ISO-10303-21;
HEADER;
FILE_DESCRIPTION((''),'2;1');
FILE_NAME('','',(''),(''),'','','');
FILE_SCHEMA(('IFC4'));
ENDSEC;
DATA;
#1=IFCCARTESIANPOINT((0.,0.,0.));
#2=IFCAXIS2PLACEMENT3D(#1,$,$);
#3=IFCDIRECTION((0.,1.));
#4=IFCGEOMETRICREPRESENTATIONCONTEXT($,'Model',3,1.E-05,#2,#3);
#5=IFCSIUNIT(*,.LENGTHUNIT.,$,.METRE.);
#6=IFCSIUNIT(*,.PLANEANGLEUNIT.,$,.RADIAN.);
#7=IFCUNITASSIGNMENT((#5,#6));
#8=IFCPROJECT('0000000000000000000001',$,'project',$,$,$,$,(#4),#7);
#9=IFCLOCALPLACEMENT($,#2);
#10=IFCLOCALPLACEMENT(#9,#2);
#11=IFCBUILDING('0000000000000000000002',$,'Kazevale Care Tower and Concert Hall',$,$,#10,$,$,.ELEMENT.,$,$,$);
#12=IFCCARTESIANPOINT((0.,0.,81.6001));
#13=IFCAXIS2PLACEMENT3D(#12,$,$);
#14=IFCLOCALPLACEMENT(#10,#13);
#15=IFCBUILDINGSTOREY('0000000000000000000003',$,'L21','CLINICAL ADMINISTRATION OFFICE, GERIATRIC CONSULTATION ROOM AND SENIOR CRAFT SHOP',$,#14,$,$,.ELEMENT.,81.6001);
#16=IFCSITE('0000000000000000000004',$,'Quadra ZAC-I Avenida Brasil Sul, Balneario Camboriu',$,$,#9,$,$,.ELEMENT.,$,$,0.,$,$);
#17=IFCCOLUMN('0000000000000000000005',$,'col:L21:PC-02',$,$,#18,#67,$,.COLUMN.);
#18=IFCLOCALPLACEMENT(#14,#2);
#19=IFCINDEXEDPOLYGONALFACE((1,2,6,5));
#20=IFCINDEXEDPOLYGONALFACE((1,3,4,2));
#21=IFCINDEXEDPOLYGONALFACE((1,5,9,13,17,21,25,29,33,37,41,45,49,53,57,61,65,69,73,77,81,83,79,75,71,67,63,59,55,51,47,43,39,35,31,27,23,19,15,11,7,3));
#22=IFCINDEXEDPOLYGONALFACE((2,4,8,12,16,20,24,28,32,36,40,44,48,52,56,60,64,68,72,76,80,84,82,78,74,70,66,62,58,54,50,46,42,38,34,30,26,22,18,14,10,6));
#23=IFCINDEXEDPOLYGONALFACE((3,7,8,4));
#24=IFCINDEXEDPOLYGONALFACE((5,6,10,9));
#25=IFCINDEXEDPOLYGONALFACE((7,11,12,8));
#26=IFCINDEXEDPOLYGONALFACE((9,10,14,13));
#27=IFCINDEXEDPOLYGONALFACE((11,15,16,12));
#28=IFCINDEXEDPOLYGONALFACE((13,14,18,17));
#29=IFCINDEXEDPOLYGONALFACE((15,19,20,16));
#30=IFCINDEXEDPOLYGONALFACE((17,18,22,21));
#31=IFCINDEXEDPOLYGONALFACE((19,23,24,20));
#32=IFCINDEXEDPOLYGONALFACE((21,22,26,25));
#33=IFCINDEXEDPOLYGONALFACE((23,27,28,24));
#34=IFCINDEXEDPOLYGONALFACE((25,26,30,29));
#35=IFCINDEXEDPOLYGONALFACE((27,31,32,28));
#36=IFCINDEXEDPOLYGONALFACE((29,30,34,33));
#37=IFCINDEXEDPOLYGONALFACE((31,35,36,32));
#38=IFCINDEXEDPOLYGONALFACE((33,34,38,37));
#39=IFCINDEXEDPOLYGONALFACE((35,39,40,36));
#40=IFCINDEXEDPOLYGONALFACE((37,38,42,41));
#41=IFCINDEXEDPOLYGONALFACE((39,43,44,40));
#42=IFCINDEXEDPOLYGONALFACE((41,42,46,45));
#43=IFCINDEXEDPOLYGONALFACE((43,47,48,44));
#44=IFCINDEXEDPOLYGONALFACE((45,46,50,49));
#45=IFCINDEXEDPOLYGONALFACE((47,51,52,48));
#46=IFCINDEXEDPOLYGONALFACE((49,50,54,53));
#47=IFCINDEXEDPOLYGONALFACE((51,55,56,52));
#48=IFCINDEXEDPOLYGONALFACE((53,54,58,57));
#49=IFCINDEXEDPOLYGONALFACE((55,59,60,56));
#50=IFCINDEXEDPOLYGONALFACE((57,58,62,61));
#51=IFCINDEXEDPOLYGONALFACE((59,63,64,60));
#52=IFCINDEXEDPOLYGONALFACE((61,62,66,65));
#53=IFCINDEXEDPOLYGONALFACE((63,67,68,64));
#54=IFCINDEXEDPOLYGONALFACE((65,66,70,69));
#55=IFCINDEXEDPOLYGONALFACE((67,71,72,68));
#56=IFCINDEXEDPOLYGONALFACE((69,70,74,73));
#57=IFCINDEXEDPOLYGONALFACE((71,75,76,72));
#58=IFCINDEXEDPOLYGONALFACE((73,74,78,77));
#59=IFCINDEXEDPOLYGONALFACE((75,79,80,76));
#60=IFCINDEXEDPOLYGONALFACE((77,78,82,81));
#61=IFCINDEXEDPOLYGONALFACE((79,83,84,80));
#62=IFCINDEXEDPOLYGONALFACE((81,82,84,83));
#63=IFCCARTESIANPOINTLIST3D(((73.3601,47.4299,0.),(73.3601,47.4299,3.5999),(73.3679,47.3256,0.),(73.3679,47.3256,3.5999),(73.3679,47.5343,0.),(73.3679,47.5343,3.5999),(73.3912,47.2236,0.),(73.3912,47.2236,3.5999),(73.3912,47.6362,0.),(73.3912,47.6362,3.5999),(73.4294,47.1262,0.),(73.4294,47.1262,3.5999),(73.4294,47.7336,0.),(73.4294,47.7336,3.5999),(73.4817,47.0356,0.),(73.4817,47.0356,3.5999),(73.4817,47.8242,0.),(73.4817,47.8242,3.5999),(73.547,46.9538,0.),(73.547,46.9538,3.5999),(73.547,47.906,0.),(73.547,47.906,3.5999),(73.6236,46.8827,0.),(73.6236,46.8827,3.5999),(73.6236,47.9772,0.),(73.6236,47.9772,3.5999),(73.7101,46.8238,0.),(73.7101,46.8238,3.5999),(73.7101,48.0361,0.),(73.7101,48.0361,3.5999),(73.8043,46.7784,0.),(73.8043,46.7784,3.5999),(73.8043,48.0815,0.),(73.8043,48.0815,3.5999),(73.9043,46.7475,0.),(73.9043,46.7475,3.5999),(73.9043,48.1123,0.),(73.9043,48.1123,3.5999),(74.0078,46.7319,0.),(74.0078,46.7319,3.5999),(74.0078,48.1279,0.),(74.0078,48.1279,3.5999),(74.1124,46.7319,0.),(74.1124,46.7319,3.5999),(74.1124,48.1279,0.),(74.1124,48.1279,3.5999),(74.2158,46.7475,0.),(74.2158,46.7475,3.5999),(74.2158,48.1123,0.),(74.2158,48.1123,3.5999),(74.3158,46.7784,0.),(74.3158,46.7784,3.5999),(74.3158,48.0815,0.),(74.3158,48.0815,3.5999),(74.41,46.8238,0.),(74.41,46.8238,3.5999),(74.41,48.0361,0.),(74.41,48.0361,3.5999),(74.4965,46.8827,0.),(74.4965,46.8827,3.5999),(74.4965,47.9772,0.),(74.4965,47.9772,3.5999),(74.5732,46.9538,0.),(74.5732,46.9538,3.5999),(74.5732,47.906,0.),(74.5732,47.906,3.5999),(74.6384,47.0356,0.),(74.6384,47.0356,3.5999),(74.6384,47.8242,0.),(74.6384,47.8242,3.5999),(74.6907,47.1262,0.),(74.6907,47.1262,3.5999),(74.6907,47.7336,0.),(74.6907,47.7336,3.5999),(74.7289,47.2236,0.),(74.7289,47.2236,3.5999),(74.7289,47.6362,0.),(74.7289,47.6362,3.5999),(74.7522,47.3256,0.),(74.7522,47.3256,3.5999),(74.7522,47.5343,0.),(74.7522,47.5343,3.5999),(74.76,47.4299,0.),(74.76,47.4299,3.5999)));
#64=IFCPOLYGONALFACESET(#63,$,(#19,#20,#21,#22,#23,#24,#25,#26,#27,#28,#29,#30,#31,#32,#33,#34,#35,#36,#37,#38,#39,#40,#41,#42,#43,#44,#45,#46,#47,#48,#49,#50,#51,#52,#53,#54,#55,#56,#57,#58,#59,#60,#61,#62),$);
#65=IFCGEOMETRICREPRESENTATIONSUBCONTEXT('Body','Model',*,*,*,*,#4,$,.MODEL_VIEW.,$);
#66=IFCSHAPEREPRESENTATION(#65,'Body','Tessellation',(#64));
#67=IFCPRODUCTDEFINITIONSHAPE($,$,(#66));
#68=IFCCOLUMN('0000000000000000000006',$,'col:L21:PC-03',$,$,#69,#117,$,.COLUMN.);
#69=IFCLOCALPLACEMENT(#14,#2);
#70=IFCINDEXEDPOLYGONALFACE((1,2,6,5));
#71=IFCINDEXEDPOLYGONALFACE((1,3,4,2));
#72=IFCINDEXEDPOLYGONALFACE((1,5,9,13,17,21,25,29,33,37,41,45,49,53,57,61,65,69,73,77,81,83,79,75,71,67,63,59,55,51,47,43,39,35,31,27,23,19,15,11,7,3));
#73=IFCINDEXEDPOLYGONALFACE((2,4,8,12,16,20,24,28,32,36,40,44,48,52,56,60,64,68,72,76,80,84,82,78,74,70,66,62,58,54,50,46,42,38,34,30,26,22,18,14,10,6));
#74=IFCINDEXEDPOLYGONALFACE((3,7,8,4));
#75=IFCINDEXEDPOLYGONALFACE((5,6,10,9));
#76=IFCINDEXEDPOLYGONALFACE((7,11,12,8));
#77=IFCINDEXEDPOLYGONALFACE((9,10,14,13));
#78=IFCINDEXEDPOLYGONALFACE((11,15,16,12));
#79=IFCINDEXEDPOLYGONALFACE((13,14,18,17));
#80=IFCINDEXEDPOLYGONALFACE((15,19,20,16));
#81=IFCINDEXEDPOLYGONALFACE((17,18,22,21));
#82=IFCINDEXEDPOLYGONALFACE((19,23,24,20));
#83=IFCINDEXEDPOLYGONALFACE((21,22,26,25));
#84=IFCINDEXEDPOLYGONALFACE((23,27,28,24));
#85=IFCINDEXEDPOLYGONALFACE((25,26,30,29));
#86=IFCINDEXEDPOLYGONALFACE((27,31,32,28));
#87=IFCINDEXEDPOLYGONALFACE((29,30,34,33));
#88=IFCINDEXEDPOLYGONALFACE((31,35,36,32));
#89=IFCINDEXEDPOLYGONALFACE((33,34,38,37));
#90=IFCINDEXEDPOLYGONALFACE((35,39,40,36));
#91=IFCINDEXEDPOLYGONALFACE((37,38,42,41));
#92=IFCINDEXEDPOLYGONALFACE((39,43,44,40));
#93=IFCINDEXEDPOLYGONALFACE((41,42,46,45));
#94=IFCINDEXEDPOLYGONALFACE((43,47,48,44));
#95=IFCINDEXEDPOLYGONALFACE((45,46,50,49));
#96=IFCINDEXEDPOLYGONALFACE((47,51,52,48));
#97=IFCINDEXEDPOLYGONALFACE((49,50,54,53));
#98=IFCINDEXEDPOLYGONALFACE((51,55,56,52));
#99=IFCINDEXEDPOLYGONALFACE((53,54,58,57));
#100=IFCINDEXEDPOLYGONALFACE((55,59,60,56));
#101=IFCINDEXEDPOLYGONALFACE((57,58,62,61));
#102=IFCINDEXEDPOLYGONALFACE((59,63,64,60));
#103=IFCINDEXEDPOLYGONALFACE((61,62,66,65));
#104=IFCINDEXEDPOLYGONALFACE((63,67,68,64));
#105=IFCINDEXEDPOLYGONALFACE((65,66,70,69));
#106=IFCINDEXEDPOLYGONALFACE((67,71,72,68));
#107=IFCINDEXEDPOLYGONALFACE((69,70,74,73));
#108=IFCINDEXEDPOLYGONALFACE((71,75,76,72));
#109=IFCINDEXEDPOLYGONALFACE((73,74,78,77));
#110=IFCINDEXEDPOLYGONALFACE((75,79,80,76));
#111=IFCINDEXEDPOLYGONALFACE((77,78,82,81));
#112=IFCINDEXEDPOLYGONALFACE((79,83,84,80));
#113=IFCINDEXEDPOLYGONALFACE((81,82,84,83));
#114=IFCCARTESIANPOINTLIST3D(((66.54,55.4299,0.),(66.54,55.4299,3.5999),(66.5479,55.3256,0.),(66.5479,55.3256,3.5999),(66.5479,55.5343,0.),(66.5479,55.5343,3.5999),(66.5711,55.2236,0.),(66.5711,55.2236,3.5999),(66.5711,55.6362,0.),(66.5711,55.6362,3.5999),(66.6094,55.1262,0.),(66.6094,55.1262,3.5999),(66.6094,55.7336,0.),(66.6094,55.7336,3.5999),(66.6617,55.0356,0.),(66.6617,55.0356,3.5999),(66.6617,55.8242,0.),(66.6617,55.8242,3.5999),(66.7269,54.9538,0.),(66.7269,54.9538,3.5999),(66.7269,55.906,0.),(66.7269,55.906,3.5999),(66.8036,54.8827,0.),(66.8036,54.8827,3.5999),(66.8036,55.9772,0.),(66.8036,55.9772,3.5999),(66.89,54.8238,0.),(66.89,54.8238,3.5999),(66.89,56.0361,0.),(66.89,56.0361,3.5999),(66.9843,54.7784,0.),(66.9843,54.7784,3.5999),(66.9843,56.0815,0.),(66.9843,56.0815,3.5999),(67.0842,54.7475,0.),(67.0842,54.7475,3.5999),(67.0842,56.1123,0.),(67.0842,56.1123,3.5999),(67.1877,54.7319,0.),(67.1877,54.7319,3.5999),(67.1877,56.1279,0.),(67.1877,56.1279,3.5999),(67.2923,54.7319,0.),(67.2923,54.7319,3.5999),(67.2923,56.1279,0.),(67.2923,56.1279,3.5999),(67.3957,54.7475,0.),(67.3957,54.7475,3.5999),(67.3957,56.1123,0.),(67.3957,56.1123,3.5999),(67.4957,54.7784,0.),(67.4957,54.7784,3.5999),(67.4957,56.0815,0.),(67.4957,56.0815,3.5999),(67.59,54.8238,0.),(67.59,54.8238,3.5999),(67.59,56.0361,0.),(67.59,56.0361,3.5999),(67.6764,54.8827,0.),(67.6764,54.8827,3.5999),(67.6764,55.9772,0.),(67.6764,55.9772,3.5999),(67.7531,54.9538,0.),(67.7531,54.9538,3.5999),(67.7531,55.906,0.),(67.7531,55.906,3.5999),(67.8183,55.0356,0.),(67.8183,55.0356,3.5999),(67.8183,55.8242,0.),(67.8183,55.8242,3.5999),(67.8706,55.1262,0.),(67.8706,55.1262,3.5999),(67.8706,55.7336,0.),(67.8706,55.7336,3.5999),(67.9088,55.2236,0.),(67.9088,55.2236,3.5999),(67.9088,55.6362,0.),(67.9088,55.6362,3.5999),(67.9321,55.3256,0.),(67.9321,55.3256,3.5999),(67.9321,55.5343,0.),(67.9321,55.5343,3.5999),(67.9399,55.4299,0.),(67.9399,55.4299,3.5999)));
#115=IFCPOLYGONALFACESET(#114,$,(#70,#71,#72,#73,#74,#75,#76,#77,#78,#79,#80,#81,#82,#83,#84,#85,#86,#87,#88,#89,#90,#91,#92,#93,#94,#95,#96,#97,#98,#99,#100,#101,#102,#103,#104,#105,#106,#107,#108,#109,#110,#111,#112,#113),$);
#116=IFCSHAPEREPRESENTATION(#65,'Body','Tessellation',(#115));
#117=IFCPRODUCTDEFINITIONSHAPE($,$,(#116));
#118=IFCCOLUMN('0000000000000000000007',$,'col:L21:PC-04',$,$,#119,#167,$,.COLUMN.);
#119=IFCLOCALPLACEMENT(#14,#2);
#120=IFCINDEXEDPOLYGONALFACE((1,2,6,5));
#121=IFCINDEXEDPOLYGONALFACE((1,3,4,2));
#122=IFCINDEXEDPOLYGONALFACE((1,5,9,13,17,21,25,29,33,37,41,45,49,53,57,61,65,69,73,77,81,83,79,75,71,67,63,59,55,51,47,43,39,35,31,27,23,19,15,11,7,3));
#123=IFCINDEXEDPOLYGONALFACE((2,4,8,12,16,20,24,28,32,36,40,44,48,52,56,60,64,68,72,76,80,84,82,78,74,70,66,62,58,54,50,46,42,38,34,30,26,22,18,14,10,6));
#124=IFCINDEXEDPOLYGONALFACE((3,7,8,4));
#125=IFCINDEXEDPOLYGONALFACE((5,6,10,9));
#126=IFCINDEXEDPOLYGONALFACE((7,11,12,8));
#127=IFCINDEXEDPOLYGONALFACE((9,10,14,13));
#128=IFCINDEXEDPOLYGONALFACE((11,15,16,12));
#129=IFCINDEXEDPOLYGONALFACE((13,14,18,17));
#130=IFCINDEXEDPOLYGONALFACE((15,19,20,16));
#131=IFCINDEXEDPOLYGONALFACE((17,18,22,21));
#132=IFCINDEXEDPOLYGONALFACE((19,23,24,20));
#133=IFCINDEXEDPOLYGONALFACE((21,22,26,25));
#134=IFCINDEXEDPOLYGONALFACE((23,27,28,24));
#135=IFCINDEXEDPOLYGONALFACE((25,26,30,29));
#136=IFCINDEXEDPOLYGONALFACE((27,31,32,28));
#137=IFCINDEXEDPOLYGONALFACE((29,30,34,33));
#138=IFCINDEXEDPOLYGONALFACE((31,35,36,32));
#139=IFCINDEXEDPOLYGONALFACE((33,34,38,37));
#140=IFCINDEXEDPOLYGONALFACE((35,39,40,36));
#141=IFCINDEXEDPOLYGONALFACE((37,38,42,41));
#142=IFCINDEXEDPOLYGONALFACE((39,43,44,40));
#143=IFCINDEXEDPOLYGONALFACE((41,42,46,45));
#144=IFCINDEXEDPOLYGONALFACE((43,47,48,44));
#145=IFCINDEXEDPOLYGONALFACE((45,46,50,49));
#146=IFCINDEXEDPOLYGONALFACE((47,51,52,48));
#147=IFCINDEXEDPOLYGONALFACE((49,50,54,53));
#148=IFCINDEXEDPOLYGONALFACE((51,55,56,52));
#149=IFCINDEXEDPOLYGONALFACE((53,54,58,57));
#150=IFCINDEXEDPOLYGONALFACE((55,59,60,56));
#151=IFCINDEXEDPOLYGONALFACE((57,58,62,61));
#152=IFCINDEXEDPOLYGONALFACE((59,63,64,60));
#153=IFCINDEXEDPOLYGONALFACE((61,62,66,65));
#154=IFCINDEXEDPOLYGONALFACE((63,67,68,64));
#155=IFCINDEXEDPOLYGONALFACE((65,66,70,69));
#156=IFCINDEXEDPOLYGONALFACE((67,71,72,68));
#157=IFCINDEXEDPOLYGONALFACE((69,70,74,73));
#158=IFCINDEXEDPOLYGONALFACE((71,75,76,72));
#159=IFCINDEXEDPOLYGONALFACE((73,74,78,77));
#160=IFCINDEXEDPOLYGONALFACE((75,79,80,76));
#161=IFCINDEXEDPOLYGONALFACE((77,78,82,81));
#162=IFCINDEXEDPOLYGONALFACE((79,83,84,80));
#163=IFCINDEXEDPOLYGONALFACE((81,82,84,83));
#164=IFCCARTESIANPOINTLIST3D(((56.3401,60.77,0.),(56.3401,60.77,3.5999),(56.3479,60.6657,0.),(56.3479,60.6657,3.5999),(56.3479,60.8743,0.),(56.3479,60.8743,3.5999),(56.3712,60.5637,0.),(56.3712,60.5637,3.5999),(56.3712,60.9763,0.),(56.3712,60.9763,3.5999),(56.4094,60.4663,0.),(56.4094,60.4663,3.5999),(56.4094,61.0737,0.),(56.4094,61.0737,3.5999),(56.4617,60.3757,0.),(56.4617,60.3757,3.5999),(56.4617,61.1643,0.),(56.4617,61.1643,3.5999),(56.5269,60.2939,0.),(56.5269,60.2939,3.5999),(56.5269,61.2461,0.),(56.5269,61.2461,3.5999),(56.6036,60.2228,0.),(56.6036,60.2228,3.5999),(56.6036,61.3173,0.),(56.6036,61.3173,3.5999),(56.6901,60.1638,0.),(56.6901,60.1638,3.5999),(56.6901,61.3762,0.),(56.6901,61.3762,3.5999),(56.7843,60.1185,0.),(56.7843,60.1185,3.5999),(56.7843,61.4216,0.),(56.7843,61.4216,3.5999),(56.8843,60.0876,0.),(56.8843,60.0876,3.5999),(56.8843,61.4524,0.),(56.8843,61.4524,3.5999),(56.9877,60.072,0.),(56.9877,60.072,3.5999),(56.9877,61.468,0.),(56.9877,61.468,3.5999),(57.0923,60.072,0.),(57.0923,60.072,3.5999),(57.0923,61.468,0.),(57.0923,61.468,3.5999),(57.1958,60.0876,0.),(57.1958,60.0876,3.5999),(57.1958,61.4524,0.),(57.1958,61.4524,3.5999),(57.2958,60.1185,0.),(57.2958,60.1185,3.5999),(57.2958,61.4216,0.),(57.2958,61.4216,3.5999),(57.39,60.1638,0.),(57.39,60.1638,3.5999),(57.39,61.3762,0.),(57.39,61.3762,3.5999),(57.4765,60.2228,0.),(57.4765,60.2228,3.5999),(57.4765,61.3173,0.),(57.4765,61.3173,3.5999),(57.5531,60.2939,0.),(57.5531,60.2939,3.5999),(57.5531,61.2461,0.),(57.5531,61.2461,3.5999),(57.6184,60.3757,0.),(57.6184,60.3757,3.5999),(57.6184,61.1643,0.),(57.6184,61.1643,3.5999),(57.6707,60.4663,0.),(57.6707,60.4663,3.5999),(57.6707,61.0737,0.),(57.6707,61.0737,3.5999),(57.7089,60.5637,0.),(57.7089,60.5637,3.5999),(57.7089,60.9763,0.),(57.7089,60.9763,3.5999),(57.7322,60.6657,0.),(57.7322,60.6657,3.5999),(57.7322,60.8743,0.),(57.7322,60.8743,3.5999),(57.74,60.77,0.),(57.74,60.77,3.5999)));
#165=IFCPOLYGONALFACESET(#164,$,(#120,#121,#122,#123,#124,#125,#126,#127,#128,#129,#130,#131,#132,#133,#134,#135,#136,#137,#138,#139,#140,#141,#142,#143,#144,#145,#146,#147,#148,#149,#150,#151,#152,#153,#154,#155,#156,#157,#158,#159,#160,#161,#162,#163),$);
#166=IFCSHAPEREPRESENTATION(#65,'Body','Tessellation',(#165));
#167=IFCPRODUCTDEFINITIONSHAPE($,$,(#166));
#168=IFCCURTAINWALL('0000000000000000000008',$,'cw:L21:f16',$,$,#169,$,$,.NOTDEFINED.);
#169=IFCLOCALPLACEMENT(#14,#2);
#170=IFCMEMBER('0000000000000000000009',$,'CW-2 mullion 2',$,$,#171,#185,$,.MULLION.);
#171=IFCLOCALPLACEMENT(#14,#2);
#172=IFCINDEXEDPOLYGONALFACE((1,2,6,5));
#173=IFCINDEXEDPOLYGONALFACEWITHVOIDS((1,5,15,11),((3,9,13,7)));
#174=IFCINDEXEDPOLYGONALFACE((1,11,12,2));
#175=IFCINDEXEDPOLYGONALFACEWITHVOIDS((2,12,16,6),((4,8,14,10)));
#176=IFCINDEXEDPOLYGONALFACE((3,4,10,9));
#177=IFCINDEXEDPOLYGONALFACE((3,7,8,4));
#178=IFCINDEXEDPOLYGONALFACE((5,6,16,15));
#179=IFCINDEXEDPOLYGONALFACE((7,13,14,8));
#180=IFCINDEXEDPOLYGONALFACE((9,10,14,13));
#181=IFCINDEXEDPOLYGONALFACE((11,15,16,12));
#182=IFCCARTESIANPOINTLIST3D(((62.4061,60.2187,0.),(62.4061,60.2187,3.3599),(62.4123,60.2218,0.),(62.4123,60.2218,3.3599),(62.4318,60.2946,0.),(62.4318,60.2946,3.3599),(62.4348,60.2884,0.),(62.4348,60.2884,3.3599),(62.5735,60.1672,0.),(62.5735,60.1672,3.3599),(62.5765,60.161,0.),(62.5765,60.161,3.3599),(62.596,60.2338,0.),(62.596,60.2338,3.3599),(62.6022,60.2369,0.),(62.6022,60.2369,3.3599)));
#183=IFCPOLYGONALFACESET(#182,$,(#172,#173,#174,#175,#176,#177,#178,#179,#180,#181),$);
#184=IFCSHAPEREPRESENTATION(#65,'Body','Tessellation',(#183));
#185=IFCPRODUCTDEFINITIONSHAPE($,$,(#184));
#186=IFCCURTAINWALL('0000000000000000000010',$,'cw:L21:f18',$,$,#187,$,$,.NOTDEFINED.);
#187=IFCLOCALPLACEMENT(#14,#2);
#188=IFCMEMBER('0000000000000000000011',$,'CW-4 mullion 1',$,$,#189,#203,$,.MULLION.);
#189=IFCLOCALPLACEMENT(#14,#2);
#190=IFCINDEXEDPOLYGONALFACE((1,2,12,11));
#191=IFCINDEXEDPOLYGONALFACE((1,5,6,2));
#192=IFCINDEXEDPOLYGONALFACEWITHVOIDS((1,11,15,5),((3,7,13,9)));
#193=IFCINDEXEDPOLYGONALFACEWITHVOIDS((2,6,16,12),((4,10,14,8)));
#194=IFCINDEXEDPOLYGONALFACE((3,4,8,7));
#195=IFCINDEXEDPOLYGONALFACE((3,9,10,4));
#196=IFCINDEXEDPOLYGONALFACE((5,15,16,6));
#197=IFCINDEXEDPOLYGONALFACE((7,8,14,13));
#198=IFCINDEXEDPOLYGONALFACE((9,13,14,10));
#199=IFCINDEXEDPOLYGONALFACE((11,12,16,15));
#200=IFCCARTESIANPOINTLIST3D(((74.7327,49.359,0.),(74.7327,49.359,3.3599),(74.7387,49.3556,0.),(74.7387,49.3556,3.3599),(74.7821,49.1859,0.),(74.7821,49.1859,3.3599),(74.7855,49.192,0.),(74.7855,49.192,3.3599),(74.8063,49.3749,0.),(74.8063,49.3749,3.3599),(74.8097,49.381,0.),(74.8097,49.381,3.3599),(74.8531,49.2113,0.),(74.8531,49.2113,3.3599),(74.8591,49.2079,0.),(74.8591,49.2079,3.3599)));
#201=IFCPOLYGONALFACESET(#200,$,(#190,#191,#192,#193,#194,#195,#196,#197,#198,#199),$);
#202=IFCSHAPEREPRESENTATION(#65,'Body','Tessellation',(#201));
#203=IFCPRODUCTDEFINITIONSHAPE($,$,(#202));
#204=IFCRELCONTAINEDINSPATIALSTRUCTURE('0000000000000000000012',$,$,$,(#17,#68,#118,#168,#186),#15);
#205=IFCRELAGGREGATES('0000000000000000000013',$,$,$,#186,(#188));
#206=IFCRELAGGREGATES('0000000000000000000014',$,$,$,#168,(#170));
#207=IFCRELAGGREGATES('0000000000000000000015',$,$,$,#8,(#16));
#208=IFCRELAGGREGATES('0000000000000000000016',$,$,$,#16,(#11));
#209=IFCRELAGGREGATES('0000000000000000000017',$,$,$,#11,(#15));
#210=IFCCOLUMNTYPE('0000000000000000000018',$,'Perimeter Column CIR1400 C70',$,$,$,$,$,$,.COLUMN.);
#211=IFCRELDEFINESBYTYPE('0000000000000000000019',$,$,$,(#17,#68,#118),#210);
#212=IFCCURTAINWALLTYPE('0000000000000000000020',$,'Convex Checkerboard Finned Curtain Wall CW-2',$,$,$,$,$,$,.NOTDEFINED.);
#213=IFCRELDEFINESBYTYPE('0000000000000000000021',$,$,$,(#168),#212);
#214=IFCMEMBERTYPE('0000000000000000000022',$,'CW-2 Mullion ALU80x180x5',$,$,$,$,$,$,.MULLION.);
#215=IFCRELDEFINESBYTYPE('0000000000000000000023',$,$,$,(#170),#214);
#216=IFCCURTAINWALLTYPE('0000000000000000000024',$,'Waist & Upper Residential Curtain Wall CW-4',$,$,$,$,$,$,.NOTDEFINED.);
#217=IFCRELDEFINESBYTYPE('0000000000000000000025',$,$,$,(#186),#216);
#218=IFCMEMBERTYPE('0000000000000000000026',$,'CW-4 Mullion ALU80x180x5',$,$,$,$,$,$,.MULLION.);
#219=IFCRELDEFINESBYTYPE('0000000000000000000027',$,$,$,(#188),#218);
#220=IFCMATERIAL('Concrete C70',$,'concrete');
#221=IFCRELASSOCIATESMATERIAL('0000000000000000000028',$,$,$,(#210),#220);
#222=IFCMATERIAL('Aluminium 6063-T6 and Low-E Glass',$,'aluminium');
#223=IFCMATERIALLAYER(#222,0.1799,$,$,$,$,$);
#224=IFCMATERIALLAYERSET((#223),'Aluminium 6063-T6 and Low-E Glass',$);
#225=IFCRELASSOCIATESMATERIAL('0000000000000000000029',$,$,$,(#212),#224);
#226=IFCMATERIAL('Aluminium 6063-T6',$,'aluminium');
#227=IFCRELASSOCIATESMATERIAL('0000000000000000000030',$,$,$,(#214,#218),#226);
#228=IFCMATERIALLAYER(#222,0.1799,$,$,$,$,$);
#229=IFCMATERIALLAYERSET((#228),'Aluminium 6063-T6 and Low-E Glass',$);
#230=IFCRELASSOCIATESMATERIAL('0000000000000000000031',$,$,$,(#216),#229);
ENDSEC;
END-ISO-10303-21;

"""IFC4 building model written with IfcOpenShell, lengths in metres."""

from ifc_helpers import new_model, si_unit, direction, frame, origin, origin_2d, place, context, subcontext, project, spatial, hollow_rectangle, circle, extrude, material, layer, layer_set, material_profile, profile_set, type_object, element, aggregate, save


model = new_model("IFC4")

# Units and contexts
model_context = context("Model", 3, precision=1e-05, world=origin(), true_north=direction((0.0, 1.0)))
body_context = subcontext(model_context, "Body", "Model", "MODEL_VIEW")
ifc_project = project(units=[si_unit("LENGTHUNIT", "METRE"), si_unit("PLANEANGLEUNIT", "RADIAN")], contexts=[model_context])

# Site, building, storey
site_placement = place(None, origin())
site = spatial("IfcSite", under=ifc_project, at=site_placement, Name="Quadra ZAC-I Avenida Brasil Sul, Balneario Camboriu", CompositionType="ELEMENT", RefElevation=0.0)
building_placement = place(site_placement, origin())
building = spatial("IfcBuilding", under=site, at=building_placement, Name="Kazevale Care Tower and Concert Hall", CompositionType="ELEMENT")
storey_placement = place(building_placement, frame((0.0, 0.0, 81.6001)))
storey = spatial("IfcBuildingStorey", under=building, at=storey_placement, Name="L21", Description="CLINICAL ADMINISTRATION OFFICE, GERIATRIC CONSULTATION ROOM AND SENIOR CRAFT SHOP", CompositionType="ELEMENT", Elevation=81.6001)

# Columns
ifc_material_1 = material(Name="Concrete C70", Category="concrete")
ifc_material_profile_1 = material_profile(ifc_material_1, circle(Radius=0.7, at=origin_2d()), Name="RC-CIR1400")
ifc_profile_set_1 = profile_set([ifc_material_profile_1], Name="Concrete C70")
column_type = type_object("IfcColumnType", Name="Perimeter Column CIR1400 C70", PredefinedType="COLUMN", material=ifc_profile_set_1)
for number, where, z_axis, x_axis, name in (
    (1, (74.0601, 47.4299, 0.0), (0.0, 0.0, 1.0), (1.0, 0.0, 0.0), "col:L21:PC-02"),
    (2, (67.24, 55.4299, 0.0), (0.0, 0.0, 1.0), (1.0, 0.0, 0.0), "col:L21:PC-03"),
    (3, (57.04, 60.77, 0.0), (0.0, 0.0, 1.0), (1.0, 0.0, 0.0), "col:L21:PC-04"),
):
    element("IfcColumn", number, at=place(storey_placement, frame(where, z_axis=z_axis, x_axis=x_axis)), inside=storey, type_object=column_type, Name=name, PredefinedType="COLUMN", context=body_context, shape_type="SweptSolid", body=[
        extrude(circle(Radius=0.7, at=origin_2d()), origin(), (0.0, 0.0, 1.0), 3.5999),
    ])

# Curtain wall, member
ifc_material_2 = material(Name="Aluminium 6063-T6 and Low-E Glass", Category="aluminium")
ifc_layer_1 = layer(ifc_material_2, 0.1799)
ifc_layer_set_1 = layer_set([ifc_layer_1], Name="Aluminium 6063-T6 and Low-E Glass")
curtain_wall_type_1 = type_object("IfcCurtainWallType", Name="Convex Checkerboard Finned Curtain Wall CW-2", PredefinedType="NOTDEFINED", material=ifc_layer_set_1)
curtain_wall_1_placement = place(storey_placement, origin())
curtain_wall_1 = element("IfcCurtainWall", 4, at=curtain_wall_1_placement, inside=storey, type_object=curtain_wall_type_1, Name="cw:L21:f16", PredefinedType="NOTDEFINED")
ifc_material_3 = material(Name="Aluminium 6063-T6", Category="aluminium")
ifc_material_profile_2 = material_profile(ifc_material_3, hollow_rectangle(XDim=0.0801, YDim=0.1799, WallThickness=0.0049, at=origin_2d()), Name="ALU80x180x5")
ifc_profile_set_2 = profile_set([ifc_material_profile_2], Name="Aluminium 6063-T6")
member_type_1 = type_object("IfcMemberType", Name="CW-2 Mullion ALU80x180x5", PredefinedType="MULLION", material=ifc_profile_set_2)
member_1_placement = place(storey_placement, frame((62.5042, 60.2278, 0.0), z_axis=(0.0, 0.0, 1.0), x_axis=(0.320636, 0.947203, 0.0)))
member_1 = element("IfcMember", 5, at=member_1_placement, type_object=member_type_1, Name="CW-2 mullion 2", PredefinedType="MULLION", context=body_context, shape_type="SweptSolid", body=[
    extrude(hollow_rectangle(XDim=0.0801, YDim=0.1799, WallThickness=0.0049, at=origin_2d()), origin(), (0.0, 0.0, 1.0), 3.3599),
])

# Curtain wall, member
ifc_layer_2 = layer(ifc_material_2, 0.1799)
ifc_layer_set_2 = layer_set([ifc_layer_2], Name="Aluminium 6063-T6 and Low-E Glass")
curtain_wall_type_2 = type_object("IfcCurtainWallType", Name="Waist & Upper Residential Curtain Wall CW-4", PredefinedType="NOTDEFINED", material=ifc_layer_set_2)
curtain_wall_2_placement = place(storey_placement, origin())
curtain_wall_2 = element("IfcCurtainWall", 6, at=curtain_wall_2_placement, inside=storey, type_object=curtain_wall_type_2, Name="cw:L21:f18", PredefinedType="NOTDEFINED")
ifc_material_profile_3 = material_profile(ifc_material_3, hollow_rectangle(XDim=0.0801, YDim=0.1799, WallThickness=0.0049, at=origin_2d()), Name="ALU80x180x5")
ifc_profile_set_3 = profile_set([ifc_material_profile_3], Name="Aluminium 6063-T6")
member_type_2 = type_object("IfcMemberType", Name="CW-4 Mullion ALU80x180x5", PredefinedType="MULLION", material=ifc_profile_set_3)
member_2_placement = place(storey_placement, frame((74.7959, 49.2834, 0.0), z_axis=(0.0, 0.0, 1.0), x_axis=(0.961521, 0.274732, 0.0)))
member_2 = element("IfcMember", 7, at=member_2_placement, type_object=member_type_2, Name="CW-4 mullion 1", PredefinedType="MULLION", context=body_context, shape_type="SweptSolid", body=[
    extrude(hollow_rectangle(XDim=0.0801, YDim=0.1799, WallThickness=0.0049, at=origin_2d()), origin(), (0.0, 0.0, 1.0), 3.3599),
])
aggregate(curtain_wall_2, [member_2])

aggregate(curtain_wall_1, [member_1])

save(model, "model.ifc")
